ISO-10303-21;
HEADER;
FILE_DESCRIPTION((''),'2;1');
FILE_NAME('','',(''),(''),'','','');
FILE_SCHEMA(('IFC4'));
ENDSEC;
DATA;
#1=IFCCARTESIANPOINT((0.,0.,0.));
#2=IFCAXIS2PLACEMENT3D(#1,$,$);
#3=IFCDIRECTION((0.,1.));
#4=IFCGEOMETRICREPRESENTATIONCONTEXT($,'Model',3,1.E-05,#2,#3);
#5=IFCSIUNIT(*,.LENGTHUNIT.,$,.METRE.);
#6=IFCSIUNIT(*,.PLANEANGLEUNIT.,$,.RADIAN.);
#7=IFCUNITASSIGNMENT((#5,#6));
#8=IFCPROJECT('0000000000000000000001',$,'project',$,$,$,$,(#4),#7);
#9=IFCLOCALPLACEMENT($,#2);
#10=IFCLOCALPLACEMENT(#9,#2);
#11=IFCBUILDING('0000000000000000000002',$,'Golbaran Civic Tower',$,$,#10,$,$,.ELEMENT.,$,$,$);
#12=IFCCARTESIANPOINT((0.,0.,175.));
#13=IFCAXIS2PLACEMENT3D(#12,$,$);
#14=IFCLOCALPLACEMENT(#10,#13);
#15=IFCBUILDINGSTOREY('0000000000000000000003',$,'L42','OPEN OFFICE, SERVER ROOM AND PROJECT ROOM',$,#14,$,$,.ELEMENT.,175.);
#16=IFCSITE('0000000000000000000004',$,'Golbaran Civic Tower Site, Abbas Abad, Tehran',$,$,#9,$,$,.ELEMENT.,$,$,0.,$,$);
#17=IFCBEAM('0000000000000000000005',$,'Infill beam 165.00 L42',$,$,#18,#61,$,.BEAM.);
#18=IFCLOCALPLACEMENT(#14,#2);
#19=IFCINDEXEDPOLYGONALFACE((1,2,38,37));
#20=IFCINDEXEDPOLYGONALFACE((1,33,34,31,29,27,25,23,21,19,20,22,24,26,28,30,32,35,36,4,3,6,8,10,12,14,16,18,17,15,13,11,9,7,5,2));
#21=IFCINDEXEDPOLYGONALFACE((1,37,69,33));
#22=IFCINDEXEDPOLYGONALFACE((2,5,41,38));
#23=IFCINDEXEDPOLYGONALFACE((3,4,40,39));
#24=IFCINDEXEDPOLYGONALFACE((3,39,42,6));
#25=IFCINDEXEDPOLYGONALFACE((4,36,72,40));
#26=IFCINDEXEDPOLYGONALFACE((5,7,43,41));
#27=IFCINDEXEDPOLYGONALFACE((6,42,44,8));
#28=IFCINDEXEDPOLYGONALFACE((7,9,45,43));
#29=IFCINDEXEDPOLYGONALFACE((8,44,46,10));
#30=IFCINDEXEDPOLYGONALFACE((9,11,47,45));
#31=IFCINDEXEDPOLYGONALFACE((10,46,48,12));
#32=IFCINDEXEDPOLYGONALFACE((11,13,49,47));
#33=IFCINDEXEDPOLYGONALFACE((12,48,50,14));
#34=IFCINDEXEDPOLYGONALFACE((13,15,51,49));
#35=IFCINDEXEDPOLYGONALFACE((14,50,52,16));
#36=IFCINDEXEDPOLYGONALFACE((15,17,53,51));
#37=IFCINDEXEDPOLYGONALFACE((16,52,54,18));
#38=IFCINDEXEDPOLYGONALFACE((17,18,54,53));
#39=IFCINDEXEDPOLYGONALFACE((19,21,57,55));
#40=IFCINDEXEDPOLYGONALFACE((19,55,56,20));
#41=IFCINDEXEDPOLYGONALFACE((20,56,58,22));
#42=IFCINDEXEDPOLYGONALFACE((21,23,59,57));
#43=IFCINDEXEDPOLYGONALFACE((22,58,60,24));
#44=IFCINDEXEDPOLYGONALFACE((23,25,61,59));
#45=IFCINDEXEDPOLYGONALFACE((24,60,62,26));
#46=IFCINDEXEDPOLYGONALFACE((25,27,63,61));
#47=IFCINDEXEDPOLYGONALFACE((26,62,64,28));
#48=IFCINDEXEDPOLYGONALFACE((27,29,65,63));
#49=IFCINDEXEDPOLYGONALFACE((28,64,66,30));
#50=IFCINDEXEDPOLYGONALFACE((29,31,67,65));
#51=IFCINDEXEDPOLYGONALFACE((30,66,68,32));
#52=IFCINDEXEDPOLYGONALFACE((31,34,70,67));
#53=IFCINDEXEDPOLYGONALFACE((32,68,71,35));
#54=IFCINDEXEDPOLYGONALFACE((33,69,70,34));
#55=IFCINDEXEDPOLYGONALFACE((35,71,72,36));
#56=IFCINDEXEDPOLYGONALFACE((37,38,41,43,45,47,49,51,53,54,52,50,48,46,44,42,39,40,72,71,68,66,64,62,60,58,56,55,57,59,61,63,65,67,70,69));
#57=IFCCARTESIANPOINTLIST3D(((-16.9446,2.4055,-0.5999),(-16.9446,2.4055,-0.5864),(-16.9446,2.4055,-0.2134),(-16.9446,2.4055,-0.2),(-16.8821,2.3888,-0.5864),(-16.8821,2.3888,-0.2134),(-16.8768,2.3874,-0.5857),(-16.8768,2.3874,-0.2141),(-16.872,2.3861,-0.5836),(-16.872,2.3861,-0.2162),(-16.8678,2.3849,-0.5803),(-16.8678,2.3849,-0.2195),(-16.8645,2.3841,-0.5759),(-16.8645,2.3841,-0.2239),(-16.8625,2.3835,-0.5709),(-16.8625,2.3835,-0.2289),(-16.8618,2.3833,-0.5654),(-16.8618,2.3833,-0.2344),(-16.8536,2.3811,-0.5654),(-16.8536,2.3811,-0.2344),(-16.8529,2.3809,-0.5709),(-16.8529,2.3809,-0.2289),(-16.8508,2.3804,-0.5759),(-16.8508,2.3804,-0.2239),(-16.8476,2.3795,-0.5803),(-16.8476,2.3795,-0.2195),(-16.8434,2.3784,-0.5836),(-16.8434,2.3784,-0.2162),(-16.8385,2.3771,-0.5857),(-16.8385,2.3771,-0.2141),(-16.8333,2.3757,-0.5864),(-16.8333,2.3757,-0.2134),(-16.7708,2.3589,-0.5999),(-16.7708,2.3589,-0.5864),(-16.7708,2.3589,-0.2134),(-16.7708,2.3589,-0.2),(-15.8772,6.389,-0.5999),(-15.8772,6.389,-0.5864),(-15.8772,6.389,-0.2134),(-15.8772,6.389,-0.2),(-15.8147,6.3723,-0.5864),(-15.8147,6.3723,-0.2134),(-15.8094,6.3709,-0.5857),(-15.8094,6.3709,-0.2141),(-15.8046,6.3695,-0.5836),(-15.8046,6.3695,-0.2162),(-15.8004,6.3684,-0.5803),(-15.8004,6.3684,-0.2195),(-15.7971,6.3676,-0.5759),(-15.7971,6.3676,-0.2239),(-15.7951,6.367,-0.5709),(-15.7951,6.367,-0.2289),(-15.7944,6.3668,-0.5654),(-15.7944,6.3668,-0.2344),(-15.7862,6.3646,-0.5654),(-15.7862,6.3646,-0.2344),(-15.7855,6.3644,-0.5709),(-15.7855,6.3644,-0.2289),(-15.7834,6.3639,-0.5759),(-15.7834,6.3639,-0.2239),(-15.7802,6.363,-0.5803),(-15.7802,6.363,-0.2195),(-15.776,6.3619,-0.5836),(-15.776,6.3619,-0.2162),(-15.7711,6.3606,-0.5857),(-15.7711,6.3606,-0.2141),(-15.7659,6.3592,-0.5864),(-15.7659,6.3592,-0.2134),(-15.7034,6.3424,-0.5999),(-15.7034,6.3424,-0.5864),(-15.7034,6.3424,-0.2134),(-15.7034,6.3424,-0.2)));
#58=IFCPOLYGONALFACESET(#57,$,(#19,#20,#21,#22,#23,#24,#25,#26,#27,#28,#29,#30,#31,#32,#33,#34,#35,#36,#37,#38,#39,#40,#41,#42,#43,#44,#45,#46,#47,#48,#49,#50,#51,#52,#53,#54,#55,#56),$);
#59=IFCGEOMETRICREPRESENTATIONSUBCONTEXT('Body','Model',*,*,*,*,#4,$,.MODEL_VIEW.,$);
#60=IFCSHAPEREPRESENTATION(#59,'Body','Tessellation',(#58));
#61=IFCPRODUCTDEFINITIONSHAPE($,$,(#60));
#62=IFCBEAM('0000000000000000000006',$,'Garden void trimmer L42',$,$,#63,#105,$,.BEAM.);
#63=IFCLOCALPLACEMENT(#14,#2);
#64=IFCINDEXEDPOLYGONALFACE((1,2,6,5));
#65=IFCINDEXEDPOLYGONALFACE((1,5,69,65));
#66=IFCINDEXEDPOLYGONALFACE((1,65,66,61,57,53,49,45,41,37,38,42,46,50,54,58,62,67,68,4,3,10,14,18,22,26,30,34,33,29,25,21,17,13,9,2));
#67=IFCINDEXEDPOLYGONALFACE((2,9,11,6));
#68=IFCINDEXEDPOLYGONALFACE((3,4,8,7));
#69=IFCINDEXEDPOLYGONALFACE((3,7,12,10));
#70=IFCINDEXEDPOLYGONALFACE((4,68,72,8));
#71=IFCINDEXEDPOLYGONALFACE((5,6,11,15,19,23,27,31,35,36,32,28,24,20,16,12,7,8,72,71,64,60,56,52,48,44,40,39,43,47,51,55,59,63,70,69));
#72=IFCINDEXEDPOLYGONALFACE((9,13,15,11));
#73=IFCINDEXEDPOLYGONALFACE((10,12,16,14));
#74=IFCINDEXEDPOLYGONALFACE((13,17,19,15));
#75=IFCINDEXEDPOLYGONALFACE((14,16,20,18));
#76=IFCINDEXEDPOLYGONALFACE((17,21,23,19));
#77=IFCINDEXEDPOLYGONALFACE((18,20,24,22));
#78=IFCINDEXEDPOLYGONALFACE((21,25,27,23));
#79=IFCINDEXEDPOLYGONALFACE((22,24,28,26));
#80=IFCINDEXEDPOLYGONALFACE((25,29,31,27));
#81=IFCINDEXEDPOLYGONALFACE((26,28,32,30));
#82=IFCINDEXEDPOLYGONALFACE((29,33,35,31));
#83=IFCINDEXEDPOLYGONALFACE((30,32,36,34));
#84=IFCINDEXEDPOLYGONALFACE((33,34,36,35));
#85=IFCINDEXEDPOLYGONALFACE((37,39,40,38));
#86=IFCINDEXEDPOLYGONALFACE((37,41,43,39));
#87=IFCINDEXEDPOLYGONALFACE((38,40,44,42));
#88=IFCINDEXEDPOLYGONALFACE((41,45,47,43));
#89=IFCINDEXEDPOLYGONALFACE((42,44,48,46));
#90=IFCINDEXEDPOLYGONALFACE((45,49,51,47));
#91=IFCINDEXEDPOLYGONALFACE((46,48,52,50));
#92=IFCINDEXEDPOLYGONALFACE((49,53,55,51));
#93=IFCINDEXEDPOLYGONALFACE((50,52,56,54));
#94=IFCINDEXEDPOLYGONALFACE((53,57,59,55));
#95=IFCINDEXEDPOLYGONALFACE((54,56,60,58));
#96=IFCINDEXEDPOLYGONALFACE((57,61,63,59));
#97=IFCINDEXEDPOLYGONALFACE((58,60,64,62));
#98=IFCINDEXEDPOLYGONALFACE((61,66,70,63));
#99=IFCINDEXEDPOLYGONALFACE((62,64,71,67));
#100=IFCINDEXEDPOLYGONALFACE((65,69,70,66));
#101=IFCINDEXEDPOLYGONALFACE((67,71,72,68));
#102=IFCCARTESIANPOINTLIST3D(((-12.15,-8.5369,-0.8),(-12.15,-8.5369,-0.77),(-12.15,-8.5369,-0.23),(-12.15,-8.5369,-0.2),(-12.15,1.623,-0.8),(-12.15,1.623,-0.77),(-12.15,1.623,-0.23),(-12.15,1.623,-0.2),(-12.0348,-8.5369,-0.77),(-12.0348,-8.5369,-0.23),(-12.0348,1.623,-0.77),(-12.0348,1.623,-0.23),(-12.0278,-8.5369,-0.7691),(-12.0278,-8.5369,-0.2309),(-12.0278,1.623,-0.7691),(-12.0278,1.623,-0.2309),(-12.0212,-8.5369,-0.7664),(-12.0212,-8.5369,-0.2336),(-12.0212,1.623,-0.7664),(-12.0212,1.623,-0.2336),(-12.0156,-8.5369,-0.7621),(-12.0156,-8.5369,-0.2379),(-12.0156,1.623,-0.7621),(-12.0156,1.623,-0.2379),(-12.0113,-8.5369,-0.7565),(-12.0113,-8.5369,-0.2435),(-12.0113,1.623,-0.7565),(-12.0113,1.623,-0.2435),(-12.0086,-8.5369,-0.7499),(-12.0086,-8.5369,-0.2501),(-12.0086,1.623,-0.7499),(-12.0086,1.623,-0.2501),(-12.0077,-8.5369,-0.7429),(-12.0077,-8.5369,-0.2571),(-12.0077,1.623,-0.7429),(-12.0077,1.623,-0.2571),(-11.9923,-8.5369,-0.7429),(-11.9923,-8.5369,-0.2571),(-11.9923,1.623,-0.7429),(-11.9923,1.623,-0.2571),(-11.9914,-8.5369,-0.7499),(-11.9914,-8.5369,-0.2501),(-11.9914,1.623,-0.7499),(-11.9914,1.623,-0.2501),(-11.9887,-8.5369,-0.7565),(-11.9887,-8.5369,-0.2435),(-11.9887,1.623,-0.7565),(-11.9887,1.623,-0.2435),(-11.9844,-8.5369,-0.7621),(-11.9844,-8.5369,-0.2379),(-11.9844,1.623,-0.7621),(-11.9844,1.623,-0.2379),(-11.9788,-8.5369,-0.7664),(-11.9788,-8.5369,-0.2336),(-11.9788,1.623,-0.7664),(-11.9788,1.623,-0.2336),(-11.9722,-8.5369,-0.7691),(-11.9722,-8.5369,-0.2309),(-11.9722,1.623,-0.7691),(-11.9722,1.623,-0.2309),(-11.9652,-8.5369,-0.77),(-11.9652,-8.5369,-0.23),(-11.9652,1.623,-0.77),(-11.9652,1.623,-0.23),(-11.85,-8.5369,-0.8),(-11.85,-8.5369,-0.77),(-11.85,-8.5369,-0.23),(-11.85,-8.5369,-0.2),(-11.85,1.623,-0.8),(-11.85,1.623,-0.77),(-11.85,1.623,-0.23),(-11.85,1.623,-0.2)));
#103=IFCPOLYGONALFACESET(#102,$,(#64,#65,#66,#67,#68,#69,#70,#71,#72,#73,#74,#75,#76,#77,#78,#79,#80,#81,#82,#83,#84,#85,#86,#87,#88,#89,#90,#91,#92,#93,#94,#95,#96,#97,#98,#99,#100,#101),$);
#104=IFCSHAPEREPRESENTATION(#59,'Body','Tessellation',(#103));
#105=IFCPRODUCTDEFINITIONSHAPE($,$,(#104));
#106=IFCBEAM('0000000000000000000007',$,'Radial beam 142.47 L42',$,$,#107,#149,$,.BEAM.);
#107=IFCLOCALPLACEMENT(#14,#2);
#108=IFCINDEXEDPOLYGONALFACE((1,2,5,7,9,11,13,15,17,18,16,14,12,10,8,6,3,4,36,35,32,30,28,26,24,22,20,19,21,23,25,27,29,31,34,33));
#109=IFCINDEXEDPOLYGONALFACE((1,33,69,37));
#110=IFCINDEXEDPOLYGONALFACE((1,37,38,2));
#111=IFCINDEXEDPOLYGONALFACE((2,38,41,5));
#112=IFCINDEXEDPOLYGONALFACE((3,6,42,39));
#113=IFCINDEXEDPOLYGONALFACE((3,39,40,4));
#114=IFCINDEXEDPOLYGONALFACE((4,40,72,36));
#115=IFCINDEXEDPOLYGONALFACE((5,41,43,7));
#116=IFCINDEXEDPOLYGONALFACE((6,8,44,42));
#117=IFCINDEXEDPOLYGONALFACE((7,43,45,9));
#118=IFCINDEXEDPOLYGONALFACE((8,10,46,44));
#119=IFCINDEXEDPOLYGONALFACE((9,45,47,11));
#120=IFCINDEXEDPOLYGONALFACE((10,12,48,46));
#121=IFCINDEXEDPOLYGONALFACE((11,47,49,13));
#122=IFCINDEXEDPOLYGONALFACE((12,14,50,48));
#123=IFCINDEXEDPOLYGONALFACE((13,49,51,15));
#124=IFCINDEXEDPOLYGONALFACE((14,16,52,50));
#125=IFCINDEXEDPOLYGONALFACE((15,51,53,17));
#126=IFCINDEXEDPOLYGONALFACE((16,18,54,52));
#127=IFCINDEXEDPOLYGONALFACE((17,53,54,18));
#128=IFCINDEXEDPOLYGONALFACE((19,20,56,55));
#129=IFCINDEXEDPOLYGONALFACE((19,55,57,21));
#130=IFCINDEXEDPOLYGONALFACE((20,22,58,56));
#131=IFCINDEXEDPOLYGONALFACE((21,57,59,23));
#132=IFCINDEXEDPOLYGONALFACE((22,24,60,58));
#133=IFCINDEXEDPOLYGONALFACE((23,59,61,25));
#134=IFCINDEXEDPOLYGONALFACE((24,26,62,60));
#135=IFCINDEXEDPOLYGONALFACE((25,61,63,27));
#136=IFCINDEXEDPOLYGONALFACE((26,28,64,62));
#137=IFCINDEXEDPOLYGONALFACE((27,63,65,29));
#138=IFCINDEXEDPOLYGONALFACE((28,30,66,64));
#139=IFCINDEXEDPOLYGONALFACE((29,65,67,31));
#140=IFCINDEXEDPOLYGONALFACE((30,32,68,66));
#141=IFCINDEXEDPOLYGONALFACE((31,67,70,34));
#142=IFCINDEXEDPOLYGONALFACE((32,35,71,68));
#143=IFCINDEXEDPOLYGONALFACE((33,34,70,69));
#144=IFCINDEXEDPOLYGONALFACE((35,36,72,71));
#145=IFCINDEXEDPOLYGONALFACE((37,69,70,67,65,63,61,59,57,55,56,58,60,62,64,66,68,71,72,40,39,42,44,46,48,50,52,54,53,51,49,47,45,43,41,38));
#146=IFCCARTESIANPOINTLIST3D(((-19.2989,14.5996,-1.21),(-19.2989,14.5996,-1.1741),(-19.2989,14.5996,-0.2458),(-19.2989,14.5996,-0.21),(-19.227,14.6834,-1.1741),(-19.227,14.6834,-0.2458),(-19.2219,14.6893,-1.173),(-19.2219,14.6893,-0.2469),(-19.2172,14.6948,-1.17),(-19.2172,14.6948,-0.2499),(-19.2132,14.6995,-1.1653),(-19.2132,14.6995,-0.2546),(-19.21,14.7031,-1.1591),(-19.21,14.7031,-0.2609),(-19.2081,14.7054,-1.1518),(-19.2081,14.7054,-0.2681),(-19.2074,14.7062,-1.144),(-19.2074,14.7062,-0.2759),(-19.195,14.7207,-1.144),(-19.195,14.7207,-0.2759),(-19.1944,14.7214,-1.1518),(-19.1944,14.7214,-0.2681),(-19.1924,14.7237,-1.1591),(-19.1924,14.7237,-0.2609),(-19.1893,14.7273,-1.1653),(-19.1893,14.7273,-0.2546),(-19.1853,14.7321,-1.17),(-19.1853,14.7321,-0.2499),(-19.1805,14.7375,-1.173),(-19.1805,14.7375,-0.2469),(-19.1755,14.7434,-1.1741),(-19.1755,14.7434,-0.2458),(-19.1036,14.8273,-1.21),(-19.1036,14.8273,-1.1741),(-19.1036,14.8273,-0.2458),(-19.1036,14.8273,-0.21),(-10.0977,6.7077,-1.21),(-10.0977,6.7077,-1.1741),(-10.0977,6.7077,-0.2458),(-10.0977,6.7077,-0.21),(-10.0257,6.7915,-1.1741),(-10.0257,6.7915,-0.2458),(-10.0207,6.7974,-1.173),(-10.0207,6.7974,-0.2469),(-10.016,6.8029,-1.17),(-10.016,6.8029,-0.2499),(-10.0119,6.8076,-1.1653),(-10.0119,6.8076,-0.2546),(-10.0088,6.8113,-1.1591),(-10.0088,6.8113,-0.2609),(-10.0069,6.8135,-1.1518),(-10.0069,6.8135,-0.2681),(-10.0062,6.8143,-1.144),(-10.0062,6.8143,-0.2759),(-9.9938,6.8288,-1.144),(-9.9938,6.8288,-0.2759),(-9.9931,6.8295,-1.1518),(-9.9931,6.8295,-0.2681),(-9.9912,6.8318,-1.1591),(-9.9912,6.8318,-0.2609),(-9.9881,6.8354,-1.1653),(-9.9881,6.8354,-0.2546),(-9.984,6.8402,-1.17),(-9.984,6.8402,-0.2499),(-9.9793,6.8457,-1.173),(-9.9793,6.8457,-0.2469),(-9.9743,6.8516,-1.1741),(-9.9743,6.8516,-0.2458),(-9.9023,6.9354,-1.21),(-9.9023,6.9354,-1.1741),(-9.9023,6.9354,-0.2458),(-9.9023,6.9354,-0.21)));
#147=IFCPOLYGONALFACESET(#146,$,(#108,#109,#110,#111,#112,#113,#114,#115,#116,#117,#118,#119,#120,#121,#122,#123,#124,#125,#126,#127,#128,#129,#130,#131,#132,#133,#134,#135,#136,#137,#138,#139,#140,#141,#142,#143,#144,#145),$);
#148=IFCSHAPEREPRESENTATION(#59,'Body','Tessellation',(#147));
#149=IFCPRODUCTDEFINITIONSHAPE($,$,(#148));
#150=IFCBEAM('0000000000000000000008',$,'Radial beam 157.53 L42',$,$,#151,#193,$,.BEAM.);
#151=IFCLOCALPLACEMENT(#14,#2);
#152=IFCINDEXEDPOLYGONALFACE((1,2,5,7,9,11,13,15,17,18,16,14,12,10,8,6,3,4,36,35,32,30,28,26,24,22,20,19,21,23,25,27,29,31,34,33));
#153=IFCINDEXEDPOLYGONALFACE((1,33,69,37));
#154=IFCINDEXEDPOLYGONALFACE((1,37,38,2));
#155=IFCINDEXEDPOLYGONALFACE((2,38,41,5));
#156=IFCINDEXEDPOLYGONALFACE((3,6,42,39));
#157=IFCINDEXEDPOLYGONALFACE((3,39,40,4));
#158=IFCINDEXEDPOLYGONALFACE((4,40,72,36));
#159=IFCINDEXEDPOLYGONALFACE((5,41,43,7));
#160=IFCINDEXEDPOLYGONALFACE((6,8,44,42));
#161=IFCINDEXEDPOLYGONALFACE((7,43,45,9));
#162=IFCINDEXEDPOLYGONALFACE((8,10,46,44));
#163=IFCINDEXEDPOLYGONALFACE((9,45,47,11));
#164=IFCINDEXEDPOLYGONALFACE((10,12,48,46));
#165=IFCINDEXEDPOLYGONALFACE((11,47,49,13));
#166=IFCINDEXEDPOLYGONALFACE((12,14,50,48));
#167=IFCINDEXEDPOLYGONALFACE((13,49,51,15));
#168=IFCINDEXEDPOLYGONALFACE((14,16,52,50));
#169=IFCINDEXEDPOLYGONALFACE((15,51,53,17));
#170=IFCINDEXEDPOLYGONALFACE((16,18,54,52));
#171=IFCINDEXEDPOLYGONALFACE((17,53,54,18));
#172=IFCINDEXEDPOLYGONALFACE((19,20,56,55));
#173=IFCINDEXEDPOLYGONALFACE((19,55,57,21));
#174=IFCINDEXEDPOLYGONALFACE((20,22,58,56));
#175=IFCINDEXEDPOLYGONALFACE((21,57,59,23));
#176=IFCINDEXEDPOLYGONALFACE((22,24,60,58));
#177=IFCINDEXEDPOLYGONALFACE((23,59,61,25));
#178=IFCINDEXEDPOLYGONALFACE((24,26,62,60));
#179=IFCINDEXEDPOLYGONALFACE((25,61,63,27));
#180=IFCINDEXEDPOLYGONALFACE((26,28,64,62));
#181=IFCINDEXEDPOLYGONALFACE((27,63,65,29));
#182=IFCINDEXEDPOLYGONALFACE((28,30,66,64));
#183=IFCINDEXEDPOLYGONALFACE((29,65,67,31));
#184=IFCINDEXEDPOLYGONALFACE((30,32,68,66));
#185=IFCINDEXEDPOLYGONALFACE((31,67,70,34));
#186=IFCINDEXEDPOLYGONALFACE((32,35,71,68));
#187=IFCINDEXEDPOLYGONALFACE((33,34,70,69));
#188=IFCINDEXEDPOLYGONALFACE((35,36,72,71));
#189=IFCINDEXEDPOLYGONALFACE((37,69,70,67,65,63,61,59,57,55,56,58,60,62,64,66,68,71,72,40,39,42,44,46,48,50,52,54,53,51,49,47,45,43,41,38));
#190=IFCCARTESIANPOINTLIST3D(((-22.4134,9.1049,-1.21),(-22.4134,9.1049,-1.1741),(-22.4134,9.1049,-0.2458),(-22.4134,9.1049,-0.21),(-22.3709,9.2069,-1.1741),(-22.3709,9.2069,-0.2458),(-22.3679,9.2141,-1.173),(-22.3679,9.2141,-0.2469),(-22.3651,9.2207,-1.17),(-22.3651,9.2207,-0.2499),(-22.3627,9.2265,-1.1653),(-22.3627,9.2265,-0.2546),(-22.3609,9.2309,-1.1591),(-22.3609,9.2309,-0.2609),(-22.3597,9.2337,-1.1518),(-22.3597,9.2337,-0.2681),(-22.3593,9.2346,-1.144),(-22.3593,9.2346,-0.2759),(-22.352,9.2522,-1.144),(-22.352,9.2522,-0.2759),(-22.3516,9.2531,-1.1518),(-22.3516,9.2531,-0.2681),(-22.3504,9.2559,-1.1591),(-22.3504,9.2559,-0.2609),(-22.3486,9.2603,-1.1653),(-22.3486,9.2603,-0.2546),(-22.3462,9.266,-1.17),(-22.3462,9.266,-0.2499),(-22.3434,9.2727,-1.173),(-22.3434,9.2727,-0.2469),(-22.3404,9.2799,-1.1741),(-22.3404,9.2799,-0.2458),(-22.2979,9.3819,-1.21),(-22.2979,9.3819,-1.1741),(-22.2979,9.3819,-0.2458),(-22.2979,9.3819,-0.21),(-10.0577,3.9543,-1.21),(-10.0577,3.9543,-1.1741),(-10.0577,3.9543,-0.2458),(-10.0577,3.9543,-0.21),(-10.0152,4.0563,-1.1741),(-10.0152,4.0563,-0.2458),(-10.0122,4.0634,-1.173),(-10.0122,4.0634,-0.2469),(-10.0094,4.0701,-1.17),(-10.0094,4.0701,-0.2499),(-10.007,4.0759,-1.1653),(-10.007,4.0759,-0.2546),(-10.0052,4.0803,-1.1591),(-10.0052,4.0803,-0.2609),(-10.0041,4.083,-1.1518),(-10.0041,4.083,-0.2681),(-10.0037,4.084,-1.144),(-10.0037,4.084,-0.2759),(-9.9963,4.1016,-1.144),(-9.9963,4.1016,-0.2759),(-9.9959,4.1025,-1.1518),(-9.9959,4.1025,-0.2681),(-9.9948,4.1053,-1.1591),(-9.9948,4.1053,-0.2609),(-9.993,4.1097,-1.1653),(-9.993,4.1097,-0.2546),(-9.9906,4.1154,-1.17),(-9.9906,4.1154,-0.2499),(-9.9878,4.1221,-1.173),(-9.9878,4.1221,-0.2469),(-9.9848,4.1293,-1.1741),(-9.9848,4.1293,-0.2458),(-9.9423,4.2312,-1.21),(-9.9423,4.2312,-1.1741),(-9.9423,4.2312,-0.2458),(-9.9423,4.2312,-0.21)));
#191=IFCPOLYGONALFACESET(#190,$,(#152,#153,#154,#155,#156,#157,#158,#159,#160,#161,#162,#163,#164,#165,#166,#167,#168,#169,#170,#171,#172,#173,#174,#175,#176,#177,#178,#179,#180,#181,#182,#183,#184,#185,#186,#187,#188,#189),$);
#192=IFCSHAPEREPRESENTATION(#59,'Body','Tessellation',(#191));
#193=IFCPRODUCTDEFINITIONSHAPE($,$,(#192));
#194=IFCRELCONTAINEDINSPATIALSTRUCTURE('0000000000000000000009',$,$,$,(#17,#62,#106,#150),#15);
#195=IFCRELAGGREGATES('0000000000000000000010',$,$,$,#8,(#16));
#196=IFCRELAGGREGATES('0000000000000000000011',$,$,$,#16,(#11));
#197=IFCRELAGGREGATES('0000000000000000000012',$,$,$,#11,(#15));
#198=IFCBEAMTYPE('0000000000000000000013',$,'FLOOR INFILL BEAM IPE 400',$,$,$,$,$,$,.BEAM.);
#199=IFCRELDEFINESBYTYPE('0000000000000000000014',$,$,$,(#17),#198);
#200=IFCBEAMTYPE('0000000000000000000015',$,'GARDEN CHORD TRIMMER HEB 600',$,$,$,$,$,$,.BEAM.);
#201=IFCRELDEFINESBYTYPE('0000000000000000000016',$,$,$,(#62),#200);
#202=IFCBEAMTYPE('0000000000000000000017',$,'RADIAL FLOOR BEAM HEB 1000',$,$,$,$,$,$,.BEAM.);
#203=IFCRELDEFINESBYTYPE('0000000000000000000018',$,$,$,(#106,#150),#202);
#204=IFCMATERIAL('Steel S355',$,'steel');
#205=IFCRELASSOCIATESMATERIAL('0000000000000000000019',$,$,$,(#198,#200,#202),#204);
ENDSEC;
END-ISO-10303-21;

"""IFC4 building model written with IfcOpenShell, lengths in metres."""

from ifc_helpers import new_model, si_unit, direction, frame, origin, origin_2d, place, context, subcontext, project, spatial, i_section, extrude, material, material_profile, profile_set, type_object, element, save


model = new_model("IFC4")

# Units and contexts
model_context = context("Model", 3, precision=1e-05, world=origin(), true_north=direction((0.0, 1.0)))
body_context = subcontext(model_context, "Body", "Model", "MODEL_VIEW")
ifc_project = project(units=[si_unit("LENGTHUNIT", "METRE"), si_unit("PLANEANGLEUNIT", "RADIAN")], contexts=[model_context])

# Site, building, storey
site_placement = place(None, origin())
site = spatial("IfcSite", under=ifc_project, at=site_placement, Name="Golbaran Civic Tower Site, Abbas Abad, Tehran", CompositionType="ELEMENT", RefElevation=0.0)
building_placement = place(site_placement, origin())
building = spatial("IfcBuilding", under=site, at=building_placement, Name="Golbaran Civic Tower", CompositionType="ELEMENT")
storey_placement = place(building_placement, frame((0.0, 0.0, 175.0)))
storey = spatial("IfcBuildingStorey", under=building, at=storey_placement, Name="L42", Description="OPEN OFFICE, SERVER ROOM AND PROJECT ROOM", CompositionType="ELEMENT", Elevation=175.0)

# Beams
ifc_material_1 = material(Name="Steel S355", Category="steel")
ifc_material_profile_1 = material_profile(ifc_material_1, i_section(OverallWidth=0.1799, OverallDepth=0.3999, WebThickness=0.0085, FlangeThickness=0.0134, FilletRadius=0.021, at=origin_2d()), Name="IPE 400")
ifc_profile_set_1 = profile_set([ifc_material_profile_1], Name="Steel S355")
beam_type_1 = type_object("IfcBeamType", Name="FLOOR INFILL BEAM IPE 400", PredefinedType="BEAM", material=ifc_profile_set_1)
beam_1_placement = place(storey_placement, frame((-15.7903, 6.3657, -0.3999), z_axis=(-0.258827, -0.965924, 0.0), x_axis=(0.965924, -0.258827, 0.0)))
element("IfcBeam", 1, at=beam_1_placement, inside=storey, type_object=beam_type_1, Name="Infill beam 165.00 L42", PredefinedType="BEAM", context=body_context, shape_type="SweptSolid", body=[
    extrude(i_section(OverallWidth=0.1799, OverallDepth=0.3999, WebThickness=0.0085, FlangeThickness=0.0134, FilletRadius=0.021, at=origin_2d()), origin(), (0.0, 0.0, 1.0), 4.124),
])
ifc_material_profile_2 = material_profile(ifc_material_1, i_section(OverallWidth=0.3, OverallDepth=0.6001, WebThickness=0.0154, FlangeThickness=0.03, FilletRadius=0.0271, at=origin_2d()), Name="HEB 600")
ifc_profile_set_2 = profile_set([ifc_material_profile_2], Name="Steel S355")
beam_type_2 = type_object("IfcBeamType", Name="GARDEN CHORD TRIMMER HEB 600", PredefinedType="BEAM", material=ifc_profile_set_2)
beam_2_placement = place(storey_placement, frame((-12.0, 1.623, -0.5), z_axis=(0.0, -1.0, 0.0), x_axis=(1.0, 0.0, 0.0)))
element("IfcBeam", 2, at=beam_2_placement, inside=storey, type_object=beam_type_2, Name="Garden void trimmer L42", PredefinedType="BEAM", context=body_context, shape_type="SweptSolid", body=[
    extrude(i_section(OverallWidth=0.3, OverallDepth=0.6001, WebThickness=0.0154, FlangeThickness=0.03, FilletRadius=0.0271, at=origin_2d()), origin(), (0.0, 0.0, 1.0), 10.1599),
])
ifc_material_profile_3 = material_profile(ifc_material_1, i_section(OverallWidth=0.3, OverallDepth=1.0, WebThickness=0.019, FlangeThickness=0.0359, FilletRadius=0.03, at=origin_2d()), Name="HEB 1000")
ifc_profile_set_3 = profile_set([ifc_material_profile_3], Name="Steel S355")
beam_type_3 = type_object("IfcBeamType", Name="RADIAL FLOOR BEAM HEB 1000", PredefinedType="BEAM", material=ifc_profile_set_3)
beam_3_placement = place(storey_placement, frame((-10.0, 6.8215, -0.71), z_axis=(-0.759048, 0.651035, 0.0), x_axis=(-0.651035, -0.759048, 0.0)))
element("IfcBeam", 3, at=beam_3_placement, inside=storey, type_object=beam_type_3, Name="Radial beam 142.47 L42", PredefinedType="BEAM", context=body_context, shape_type="SweptSolid", body=[
    extrude(i_section(OverallWidth=0.3, OverallDepth=1.0, WebThickness=0.019, FlangeThickness=0.0359, FilletRadius=0.03, at=origin_2d()), origin(), (0.0, 0.0, 1.0), 12.1221),
])
beam_4_placement = place(storey_placement, frame((-10.0, 4.0928, -0.71), z_axis=(-0.923013, 0.384769, 0.0), x_axis=(-0.384769, -0.923013, 0.0)))
element("IfcBeam", 4, at=beam_4_placement, inside=storey, type_object=beam_type_3, Name="Radial beam 157.53 L42", PredefinedType="BEAM", context=body_context, shape_type="SweptSolid", body=[
    extrude(i_section(OverallWidth=0.3, OverallDepth=1.0, WebThickness=0.019, FlangeThickness=0.0359, FilletRadius=0.03, at=origin_2d()), origin(), (0.0, 0.0, 1.0), 13.3862),
])

save(model, "model.ifc")
